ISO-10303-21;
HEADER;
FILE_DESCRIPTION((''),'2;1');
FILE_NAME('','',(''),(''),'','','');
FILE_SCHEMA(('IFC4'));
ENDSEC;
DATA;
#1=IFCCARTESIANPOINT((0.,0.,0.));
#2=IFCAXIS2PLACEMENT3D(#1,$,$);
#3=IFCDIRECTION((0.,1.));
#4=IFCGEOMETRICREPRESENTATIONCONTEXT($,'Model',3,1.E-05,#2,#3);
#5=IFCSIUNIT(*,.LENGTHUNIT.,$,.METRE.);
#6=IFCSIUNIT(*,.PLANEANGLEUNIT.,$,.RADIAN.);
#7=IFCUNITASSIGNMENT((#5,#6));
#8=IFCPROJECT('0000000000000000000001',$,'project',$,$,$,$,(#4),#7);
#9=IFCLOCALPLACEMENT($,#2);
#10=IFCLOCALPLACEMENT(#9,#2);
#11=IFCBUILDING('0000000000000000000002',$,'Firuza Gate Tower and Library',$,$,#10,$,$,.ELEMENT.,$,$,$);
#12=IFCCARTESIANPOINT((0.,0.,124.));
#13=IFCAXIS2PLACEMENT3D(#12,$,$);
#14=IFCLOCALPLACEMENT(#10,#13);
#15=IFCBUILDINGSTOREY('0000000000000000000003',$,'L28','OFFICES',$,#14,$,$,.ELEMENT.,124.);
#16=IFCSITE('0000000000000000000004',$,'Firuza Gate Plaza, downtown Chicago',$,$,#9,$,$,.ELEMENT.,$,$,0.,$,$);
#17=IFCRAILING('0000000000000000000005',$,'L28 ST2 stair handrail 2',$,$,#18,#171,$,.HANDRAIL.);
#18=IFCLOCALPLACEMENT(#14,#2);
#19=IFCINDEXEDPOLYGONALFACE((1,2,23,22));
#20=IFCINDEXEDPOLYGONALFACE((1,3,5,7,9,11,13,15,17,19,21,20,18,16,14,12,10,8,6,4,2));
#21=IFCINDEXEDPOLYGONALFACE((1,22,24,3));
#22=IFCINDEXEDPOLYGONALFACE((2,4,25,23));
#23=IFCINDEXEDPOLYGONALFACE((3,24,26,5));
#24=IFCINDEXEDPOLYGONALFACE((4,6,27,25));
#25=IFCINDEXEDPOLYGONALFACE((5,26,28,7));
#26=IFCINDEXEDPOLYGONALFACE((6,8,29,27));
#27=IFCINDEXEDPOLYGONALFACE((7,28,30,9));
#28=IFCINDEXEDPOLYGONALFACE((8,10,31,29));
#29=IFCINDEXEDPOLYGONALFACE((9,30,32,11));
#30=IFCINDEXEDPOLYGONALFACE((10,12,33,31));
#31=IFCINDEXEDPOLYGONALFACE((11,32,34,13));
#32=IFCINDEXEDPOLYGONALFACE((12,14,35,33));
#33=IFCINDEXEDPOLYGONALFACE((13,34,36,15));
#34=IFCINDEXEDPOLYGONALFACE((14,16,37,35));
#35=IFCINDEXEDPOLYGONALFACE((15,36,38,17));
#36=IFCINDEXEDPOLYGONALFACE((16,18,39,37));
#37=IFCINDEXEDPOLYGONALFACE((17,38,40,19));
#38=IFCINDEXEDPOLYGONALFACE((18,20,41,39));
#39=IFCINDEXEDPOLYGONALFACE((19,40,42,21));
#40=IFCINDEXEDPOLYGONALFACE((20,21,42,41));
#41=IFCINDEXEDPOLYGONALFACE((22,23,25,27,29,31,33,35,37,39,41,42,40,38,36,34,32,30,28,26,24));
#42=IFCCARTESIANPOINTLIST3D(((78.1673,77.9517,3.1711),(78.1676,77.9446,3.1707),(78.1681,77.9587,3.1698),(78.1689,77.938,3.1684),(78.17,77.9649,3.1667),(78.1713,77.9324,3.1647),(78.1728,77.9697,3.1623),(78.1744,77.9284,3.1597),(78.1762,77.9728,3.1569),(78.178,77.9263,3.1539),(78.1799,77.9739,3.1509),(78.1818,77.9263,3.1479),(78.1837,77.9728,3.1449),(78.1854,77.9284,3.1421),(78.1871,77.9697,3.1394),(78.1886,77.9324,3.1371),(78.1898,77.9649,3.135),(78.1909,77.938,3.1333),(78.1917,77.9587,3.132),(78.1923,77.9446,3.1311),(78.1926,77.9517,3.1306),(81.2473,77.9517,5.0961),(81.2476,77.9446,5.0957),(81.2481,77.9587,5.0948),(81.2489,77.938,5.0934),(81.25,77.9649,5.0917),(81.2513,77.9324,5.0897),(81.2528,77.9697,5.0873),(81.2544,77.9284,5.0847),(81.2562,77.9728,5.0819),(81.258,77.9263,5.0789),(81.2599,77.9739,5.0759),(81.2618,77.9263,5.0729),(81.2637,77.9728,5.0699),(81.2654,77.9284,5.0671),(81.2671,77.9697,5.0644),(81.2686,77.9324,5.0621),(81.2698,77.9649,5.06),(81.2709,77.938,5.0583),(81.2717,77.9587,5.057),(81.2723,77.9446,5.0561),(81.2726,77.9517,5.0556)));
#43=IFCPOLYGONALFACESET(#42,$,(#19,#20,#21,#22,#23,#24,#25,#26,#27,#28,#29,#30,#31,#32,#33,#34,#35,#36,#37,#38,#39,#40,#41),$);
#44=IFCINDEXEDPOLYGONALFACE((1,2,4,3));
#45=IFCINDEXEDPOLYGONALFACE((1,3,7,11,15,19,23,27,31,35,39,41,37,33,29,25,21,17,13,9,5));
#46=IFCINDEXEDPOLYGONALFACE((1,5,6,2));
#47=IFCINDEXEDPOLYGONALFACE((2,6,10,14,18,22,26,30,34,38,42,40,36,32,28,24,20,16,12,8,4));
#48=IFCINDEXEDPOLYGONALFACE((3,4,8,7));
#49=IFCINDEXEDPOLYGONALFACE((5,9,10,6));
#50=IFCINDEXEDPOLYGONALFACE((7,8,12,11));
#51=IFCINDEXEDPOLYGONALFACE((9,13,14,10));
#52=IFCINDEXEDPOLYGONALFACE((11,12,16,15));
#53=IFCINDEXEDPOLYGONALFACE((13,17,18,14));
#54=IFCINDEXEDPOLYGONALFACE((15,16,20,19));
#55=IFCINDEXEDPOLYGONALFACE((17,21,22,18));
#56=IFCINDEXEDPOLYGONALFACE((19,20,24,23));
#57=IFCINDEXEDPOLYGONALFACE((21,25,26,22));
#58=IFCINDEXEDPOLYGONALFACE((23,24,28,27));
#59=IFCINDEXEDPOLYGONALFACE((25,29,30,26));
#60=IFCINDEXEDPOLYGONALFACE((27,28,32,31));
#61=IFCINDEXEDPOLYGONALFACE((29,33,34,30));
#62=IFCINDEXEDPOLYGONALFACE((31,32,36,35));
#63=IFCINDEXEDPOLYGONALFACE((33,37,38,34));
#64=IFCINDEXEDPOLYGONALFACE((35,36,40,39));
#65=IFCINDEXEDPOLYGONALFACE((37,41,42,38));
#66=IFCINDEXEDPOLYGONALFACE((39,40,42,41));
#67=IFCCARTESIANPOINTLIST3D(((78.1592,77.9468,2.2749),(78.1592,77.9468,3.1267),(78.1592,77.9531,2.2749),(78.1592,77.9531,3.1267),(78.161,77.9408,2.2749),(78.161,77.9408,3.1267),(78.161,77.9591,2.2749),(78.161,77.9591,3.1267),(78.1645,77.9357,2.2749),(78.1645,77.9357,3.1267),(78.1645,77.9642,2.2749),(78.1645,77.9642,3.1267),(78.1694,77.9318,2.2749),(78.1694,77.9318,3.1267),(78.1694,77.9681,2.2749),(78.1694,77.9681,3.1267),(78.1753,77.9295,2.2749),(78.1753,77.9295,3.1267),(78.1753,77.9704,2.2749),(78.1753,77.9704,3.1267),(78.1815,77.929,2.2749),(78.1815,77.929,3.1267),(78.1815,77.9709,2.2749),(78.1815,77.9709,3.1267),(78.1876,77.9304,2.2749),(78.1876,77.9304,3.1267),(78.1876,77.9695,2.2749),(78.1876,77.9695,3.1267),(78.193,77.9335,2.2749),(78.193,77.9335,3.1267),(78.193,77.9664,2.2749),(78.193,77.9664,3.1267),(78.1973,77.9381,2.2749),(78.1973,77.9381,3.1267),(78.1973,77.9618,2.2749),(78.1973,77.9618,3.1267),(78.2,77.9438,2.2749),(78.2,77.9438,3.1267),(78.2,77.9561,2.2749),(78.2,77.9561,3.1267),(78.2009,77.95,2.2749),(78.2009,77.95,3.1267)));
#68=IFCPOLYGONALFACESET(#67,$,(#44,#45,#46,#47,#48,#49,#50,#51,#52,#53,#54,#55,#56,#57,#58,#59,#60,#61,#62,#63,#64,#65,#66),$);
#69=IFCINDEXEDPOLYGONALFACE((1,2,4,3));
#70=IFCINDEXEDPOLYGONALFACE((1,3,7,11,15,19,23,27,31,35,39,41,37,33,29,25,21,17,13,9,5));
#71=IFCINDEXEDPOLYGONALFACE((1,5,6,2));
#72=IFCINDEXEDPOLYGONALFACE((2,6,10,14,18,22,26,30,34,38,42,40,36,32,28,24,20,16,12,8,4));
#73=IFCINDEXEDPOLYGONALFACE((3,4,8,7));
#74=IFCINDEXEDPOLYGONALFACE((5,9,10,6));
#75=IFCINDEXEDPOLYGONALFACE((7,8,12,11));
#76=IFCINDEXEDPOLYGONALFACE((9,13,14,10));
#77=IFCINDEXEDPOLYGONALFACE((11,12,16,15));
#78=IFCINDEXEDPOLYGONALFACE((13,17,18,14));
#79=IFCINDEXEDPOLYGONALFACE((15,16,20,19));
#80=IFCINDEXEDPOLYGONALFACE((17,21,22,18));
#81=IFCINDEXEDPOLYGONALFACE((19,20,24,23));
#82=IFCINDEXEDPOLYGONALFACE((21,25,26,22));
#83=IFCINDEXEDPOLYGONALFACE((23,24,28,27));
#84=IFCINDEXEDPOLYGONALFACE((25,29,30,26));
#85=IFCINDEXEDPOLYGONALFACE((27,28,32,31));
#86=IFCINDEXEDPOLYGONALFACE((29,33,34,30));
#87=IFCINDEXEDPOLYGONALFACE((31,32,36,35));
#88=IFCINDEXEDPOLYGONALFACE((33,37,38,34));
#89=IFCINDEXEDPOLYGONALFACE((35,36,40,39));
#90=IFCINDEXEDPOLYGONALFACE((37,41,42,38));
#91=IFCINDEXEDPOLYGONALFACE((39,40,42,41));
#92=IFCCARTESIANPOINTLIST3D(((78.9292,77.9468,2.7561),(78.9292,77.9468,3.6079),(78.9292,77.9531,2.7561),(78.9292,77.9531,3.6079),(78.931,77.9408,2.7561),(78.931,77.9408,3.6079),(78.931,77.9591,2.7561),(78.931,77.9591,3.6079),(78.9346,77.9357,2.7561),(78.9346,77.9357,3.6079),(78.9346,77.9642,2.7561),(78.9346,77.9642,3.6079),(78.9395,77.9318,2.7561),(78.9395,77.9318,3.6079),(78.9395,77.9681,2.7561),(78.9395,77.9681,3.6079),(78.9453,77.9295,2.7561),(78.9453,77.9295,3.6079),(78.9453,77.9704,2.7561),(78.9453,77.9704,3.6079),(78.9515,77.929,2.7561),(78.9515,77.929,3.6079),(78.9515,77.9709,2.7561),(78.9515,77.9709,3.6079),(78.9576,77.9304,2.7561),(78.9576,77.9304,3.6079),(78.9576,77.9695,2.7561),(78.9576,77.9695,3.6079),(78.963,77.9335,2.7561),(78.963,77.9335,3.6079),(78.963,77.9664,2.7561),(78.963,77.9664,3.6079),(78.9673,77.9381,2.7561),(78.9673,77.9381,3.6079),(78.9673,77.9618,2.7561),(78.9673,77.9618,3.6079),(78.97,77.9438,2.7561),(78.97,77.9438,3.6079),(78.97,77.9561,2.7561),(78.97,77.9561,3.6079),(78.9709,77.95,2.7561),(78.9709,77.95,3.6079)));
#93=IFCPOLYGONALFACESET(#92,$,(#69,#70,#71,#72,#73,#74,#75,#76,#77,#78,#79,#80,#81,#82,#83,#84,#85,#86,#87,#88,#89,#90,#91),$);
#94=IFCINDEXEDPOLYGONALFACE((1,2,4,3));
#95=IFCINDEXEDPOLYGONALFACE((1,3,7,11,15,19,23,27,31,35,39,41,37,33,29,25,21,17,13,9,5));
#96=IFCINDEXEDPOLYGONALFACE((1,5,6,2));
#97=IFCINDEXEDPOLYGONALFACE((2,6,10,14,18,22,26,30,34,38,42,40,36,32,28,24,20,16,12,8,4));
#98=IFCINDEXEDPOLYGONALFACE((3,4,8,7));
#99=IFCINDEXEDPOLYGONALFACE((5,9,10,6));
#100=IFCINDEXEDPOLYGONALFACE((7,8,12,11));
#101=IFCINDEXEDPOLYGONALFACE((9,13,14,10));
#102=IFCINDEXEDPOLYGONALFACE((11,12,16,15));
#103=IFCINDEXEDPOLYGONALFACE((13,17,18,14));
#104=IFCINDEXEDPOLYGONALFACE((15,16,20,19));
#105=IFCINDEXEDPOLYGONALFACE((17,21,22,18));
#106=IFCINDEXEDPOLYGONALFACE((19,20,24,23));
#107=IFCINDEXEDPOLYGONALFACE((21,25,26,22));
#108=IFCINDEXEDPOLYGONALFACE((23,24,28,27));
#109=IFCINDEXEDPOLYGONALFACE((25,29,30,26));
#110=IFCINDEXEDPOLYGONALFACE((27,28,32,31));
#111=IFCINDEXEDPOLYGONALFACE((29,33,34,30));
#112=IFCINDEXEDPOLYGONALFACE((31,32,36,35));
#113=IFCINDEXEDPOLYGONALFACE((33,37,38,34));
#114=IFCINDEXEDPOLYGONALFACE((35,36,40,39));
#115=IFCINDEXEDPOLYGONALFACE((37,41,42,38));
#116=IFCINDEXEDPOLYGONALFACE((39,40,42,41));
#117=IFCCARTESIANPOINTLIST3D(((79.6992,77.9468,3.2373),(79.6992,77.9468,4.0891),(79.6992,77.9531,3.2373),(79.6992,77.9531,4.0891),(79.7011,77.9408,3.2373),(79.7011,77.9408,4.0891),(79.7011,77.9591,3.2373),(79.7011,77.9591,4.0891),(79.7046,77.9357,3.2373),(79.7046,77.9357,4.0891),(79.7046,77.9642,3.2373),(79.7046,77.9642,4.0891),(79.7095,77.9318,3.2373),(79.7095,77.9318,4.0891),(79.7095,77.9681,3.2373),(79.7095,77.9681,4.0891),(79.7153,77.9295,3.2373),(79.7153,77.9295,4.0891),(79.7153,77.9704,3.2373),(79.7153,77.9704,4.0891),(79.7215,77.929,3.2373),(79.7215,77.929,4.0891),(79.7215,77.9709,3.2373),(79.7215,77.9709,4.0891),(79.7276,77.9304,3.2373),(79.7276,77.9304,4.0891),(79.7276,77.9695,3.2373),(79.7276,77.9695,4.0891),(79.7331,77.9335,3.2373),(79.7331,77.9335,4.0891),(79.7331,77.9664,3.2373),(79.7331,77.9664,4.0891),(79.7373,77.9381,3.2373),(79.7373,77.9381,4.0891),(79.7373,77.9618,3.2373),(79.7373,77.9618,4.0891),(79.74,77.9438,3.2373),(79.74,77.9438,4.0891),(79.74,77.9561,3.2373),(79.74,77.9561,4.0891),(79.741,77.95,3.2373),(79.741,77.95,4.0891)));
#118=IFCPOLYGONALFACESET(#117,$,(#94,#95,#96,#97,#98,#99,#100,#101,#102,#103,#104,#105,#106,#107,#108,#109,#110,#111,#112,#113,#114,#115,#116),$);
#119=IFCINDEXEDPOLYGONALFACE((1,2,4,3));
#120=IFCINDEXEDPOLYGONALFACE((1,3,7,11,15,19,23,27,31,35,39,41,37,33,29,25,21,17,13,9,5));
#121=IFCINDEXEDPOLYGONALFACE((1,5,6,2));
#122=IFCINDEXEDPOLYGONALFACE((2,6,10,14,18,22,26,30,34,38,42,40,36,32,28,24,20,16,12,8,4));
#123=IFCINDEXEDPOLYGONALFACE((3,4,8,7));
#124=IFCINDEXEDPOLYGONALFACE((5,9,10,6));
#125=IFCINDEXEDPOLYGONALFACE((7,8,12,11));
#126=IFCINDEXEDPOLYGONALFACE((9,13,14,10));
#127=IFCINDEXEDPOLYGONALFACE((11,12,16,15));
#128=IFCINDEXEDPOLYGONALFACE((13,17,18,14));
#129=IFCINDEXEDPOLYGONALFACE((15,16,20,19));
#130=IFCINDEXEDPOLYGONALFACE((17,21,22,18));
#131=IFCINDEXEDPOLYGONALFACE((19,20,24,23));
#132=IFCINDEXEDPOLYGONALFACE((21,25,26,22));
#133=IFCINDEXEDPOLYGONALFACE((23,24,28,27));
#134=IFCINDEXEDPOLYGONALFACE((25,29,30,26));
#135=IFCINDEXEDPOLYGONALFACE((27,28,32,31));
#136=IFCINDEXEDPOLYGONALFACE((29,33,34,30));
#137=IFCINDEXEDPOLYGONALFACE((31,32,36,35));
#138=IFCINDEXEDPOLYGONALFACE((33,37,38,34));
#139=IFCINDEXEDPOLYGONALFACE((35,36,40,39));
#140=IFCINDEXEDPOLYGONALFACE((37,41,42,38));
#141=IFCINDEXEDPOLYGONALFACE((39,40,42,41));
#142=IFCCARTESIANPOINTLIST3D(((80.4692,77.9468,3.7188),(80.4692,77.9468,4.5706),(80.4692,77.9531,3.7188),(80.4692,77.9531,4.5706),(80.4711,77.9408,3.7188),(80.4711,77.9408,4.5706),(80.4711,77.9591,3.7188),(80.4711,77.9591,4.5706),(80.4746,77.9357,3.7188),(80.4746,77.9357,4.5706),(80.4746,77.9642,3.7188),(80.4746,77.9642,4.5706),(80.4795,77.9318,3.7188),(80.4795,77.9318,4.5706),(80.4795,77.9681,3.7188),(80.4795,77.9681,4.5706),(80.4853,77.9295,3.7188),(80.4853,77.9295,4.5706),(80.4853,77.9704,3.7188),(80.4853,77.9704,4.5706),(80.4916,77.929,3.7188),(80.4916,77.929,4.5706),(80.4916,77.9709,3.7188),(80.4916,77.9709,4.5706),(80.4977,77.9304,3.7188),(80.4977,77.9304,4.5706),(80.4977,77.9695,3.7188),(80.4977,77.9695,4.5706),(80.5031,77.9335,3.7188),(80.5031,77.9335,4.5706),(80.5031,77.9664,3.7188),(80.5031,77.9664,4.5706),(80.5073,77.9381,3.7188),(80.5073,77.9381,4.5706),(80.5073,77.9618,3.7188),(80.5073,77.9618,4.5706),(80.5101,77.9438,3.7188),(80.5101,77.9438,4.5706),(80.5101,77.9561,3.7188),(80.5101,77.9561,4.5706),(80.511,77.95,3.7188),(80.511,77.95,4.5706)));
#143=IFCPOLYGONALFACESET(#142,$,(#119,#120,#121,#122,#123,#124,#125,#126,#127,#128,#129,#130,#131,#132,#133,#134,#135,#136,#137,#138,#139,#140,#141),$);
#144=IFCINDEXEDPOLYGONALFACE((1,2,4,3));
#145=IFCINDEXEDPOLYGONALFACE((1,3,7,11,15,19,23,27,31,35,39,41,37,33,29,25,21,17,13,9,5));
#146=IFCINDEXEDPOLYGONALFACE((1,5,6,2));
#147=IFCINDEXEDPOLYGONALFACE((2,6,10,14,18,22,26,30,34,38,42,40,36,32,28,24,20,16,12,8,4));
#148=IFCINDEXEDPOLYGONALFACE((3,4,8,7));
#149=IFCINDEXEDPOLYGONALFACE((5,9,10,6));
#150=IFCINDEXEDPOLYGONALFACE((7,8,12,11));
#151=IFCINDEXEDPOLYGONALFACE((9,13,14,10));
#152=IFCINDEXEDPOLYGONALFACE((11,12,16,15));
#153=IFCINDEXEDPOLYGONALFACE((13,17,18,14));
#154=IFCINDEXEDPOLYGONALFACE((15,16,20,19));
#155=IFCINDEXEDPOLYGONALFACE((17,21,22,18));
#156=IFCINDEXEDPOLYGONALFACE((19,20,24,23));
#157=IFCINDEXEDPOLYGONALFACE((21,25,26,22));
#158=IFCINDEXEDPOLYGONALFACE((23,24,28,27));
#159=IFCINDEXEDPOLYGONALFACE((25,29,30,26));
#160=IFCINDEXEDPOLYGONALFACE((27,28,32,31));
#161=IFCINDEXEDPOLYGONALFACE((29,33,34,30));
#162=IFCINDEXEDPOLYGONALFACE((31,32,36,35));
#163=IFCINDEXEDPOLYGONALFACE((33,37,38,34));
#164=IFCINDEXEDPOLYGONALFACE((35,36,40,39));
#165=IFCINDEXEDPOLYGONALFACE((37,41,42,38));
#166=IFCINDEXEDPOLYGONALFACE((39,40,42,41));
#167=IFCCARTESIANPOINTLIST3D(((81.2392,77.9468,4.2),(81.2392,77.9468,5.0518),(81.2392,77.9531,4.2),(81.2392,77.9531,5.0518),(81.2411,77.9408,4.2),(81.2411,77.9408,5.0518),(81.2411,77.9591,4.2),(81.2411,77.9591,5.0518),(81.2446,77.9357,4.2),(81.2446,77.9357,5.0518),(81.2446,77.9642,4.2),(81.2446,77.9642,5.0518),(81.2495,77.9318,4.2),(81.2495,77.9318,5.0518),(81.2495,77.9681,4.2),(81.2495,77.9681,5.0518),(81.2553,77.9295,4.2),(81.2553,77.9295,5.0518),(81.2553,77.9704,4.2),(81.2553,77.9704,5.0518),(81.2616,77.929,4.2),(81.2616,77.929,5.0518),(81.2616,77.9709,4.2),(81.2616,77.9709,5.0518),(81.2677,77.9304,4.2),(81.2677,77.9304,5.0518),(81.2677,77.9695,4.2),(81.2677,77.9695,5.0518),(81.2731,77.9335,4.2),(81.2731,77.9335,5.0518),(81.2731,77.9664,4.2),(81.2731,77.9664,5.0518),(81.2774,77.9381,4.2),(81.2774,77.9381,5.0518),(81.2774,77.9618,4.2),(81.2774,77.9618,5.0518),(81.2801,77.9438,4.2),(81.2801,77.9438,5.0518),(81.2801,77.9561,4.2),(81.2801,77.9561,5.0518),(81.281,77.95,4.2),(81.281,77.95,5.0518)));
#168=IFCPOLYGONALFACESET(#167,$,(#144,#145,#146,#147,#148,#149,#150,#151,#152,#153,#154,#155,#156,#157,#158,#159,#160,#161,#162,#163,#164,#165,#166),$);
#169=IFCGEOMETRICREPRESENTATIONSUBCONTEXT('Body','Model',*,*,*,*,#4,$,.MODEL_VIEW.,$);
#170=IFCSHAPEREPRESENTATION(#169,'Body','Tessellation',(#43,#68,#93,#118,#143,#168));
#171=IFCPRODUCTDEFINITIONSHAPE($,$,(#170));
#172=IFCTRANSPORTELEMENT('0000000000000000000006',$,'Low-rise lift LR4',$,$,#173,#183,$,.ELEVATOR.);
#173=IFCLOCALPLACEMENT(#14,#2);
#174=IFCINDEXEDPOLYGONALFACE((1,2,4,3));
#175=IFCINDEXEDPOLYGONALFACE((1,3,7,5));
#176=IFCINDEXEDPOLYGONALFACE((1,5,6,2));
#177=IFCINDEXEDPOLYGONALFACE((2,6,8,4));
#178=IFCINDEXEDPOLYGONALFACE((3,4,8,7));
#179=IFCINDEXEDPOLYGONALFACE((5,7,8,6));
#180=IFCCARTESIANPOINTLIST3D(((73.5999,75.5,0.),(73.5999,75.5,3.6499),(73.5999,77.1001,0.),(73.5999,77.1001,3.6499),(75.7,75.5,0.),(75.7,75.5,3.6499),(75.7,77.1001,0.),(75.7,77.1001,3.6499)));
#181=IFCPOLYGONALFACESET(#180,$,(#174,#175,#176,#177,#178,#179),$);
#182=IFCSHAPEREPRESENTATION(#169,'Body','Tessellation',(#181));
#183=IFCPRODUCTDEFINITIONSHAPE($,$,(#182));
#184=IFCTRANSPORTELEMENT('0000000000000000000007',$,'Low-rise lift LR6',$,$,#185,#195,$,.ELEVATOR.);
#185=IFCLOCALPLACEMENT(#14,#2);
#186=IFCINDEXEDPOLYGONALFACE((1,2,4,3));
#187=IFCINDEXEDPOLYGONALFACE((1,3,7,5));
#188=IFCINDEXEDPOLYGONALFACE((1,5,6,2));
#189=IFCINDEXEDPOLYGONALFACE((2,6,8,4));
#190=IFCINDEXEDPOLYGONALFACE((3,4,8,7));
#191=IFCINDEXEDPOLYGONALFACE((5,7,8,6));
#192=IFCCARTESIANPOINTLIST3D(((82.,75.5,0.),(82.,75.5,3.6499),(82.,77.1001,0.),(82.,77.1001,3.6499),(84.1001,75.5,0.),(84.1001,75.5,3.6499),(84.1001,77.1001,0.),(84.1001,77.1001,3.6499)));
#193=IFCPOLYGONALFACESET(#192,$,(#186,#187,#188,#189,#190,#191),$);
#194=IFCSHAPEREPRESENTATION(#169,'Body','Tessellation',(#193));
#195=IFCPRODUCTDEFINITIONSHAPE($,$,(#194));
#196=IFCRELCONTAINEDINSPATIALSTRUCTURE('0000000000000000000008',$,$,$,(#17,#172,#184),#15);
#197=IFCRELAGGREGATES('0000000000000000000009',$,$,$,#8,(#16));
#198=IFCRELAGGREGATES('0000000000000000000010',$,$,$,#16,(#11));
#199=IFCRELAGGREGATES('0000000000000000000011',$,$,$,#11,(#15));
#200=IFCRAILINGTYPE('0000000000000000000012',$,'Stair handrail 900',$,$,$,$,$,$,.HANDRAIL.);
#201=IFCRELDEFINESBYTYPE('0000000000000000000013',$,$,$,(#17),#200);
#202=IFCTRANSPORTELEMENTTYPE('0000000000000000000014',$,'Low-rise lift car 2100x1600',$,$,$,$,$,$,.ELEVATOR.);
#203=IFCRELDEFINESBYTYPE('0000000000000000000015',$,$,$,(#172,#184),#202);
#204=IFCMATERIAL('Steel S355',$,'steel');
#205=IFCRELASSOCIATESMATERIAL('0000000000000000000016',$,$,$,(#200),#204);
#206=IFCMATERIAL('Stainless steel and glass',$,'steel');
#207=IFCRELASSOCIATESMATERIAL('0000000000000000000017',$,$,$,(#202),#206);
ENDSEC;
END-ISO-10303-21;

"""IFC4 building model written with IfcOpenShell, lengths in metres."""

from ifc_helpers import new_model, si_unit, direction, frame, origin, origin_2d, place, context, subcontext, project, spatial, rectangle, circle, extrude, material, type_object, element, save


model = new_model("IFC4")

# Units and contexts
model_context = context("Model", 3, precision=1e-05, world=origin(), true_north=direction((0.0, 1.0)))
body_context = subcontext(model_context, "Body", "Model", "MODEL_VIEW")
ifc_project = project(units=[si_unit("LENGTHUNIT", "METRE"), si_unit("PLANEANGLEUNIT", "RADIAN")], contexts=[model_context])

# Site, building, storey
site_placement = place(None, origin())
site = spatial("IfcSite", under=ifc_project, at=site_placement, Name="Firuza Gate Plaza, downtown Chicago", CompositionType="ELEMENT", RefElevation=0.0)
building_placement = place(site_placement, origin())
building = spatial("IfcBuilding", under=site, at=building_placement, Name="Firuza Gate Tower and Library", CompositionType="ELEMENT")
storey_placement = place(building_placement, frame((0.0, 0.0, 124.0)))
storey = spatial("IfcBuildingStorey", under=building, at=storey_placement, Name="L28", Description="OFFICES", CompositionType="ELEMENT", Elevation=124.0)

# Railing
ifc_material_1 = material(Name="Steel S355", Category="steel")
railing_type_1 = type_object("IfcRailingType", Name="Stair handrail 900", PredefinedType="HANDRAIL", material=ifc_material_1)
railing_1_placement = place(storey_placement, frame((78.1799, 77.95, 2.2749)))
element("IfcRailing", 1, at=railing_1_placement, inside=storey, type_object=railing_type_1, Name="L28 ST2 stair handrail 2", PredefinedType="HANDRAIL", context=body_context, shape_type="SweptSolid", body=[
    extrude(circle(Radius=0.0239, at=origin_2d()), frame((0.0, 0.0, 0.876), z_axis=(0.847998, 0.0, 0.529999), x_axis=(0.0, 1.0, 0.0)), (0.0, 0.0, 1.0), 3.6321),
    extrude(circle(Radius=0.021, at=origin_2d()), origin(), (0.0, 0.0, 1.0), 0.8518),
    extrude(circle(Radius=0.021, at=origin_2d()), frame((0.77, 0.0, 0.4812)), (0.0, 0.0, 1.0), 0.8518),
    extrude(circle(Radius=0.021, at=origin_2d()), frame((1.54, 0.0, 0.9624)), (0.0, 0.0, 1.0), 0.8518),
    extrude(circle(Radius=0.021, at=origin_2d()), frame((2.3101, 0.0, 1.4438)), (0.0, 0.0, 1.0), 0.8518),
    extrude(circle(Radius=0.021, at=origin_2d()), frame((3.0801, 0.0, 1.925)), (0.0, 0.0, 1.0), 0.8518),
])

# Transport elements
ifc_material_2 = material(Name="Stainless steel and glass", Category="steel")
transport_element_type = type_object("IfcTransportElementType", Name="Low-rise lift car 2100x1600", PredefinedType="ELEVATOR", material=ifc_material_2)
for number, where, z_axis, x_axis, name in (
    (2, (74.6499, 76.3, 0.0), (0.0, 0.0, 1.0), (1.0, 0.0, 0.0), "Low-rise lift LR4"),
    (3, (83.05, 76.3, 0.0), (0.0, 0.0, 1.0), (1.0, 0.0, 0.0), "Low-rise lift LR6"),
):
    element("IfcTransportElement", number, at=place(storey_placement, frame(where, z_axis=z_axis, x_axis=x_axis)), inside=storey, type_object=transport_element_type, Name=name, PredefinedType="ELEVATOR", context=body_context, shape_type="SweptSolid", body=[
        extrude(rectangle(XDim=2.1001, YDim=1.6001, at=origin_2d()), origin(), (0.0, 0.0, 1.0), 3.6499),
    ])

save(model, "model.ifc")
